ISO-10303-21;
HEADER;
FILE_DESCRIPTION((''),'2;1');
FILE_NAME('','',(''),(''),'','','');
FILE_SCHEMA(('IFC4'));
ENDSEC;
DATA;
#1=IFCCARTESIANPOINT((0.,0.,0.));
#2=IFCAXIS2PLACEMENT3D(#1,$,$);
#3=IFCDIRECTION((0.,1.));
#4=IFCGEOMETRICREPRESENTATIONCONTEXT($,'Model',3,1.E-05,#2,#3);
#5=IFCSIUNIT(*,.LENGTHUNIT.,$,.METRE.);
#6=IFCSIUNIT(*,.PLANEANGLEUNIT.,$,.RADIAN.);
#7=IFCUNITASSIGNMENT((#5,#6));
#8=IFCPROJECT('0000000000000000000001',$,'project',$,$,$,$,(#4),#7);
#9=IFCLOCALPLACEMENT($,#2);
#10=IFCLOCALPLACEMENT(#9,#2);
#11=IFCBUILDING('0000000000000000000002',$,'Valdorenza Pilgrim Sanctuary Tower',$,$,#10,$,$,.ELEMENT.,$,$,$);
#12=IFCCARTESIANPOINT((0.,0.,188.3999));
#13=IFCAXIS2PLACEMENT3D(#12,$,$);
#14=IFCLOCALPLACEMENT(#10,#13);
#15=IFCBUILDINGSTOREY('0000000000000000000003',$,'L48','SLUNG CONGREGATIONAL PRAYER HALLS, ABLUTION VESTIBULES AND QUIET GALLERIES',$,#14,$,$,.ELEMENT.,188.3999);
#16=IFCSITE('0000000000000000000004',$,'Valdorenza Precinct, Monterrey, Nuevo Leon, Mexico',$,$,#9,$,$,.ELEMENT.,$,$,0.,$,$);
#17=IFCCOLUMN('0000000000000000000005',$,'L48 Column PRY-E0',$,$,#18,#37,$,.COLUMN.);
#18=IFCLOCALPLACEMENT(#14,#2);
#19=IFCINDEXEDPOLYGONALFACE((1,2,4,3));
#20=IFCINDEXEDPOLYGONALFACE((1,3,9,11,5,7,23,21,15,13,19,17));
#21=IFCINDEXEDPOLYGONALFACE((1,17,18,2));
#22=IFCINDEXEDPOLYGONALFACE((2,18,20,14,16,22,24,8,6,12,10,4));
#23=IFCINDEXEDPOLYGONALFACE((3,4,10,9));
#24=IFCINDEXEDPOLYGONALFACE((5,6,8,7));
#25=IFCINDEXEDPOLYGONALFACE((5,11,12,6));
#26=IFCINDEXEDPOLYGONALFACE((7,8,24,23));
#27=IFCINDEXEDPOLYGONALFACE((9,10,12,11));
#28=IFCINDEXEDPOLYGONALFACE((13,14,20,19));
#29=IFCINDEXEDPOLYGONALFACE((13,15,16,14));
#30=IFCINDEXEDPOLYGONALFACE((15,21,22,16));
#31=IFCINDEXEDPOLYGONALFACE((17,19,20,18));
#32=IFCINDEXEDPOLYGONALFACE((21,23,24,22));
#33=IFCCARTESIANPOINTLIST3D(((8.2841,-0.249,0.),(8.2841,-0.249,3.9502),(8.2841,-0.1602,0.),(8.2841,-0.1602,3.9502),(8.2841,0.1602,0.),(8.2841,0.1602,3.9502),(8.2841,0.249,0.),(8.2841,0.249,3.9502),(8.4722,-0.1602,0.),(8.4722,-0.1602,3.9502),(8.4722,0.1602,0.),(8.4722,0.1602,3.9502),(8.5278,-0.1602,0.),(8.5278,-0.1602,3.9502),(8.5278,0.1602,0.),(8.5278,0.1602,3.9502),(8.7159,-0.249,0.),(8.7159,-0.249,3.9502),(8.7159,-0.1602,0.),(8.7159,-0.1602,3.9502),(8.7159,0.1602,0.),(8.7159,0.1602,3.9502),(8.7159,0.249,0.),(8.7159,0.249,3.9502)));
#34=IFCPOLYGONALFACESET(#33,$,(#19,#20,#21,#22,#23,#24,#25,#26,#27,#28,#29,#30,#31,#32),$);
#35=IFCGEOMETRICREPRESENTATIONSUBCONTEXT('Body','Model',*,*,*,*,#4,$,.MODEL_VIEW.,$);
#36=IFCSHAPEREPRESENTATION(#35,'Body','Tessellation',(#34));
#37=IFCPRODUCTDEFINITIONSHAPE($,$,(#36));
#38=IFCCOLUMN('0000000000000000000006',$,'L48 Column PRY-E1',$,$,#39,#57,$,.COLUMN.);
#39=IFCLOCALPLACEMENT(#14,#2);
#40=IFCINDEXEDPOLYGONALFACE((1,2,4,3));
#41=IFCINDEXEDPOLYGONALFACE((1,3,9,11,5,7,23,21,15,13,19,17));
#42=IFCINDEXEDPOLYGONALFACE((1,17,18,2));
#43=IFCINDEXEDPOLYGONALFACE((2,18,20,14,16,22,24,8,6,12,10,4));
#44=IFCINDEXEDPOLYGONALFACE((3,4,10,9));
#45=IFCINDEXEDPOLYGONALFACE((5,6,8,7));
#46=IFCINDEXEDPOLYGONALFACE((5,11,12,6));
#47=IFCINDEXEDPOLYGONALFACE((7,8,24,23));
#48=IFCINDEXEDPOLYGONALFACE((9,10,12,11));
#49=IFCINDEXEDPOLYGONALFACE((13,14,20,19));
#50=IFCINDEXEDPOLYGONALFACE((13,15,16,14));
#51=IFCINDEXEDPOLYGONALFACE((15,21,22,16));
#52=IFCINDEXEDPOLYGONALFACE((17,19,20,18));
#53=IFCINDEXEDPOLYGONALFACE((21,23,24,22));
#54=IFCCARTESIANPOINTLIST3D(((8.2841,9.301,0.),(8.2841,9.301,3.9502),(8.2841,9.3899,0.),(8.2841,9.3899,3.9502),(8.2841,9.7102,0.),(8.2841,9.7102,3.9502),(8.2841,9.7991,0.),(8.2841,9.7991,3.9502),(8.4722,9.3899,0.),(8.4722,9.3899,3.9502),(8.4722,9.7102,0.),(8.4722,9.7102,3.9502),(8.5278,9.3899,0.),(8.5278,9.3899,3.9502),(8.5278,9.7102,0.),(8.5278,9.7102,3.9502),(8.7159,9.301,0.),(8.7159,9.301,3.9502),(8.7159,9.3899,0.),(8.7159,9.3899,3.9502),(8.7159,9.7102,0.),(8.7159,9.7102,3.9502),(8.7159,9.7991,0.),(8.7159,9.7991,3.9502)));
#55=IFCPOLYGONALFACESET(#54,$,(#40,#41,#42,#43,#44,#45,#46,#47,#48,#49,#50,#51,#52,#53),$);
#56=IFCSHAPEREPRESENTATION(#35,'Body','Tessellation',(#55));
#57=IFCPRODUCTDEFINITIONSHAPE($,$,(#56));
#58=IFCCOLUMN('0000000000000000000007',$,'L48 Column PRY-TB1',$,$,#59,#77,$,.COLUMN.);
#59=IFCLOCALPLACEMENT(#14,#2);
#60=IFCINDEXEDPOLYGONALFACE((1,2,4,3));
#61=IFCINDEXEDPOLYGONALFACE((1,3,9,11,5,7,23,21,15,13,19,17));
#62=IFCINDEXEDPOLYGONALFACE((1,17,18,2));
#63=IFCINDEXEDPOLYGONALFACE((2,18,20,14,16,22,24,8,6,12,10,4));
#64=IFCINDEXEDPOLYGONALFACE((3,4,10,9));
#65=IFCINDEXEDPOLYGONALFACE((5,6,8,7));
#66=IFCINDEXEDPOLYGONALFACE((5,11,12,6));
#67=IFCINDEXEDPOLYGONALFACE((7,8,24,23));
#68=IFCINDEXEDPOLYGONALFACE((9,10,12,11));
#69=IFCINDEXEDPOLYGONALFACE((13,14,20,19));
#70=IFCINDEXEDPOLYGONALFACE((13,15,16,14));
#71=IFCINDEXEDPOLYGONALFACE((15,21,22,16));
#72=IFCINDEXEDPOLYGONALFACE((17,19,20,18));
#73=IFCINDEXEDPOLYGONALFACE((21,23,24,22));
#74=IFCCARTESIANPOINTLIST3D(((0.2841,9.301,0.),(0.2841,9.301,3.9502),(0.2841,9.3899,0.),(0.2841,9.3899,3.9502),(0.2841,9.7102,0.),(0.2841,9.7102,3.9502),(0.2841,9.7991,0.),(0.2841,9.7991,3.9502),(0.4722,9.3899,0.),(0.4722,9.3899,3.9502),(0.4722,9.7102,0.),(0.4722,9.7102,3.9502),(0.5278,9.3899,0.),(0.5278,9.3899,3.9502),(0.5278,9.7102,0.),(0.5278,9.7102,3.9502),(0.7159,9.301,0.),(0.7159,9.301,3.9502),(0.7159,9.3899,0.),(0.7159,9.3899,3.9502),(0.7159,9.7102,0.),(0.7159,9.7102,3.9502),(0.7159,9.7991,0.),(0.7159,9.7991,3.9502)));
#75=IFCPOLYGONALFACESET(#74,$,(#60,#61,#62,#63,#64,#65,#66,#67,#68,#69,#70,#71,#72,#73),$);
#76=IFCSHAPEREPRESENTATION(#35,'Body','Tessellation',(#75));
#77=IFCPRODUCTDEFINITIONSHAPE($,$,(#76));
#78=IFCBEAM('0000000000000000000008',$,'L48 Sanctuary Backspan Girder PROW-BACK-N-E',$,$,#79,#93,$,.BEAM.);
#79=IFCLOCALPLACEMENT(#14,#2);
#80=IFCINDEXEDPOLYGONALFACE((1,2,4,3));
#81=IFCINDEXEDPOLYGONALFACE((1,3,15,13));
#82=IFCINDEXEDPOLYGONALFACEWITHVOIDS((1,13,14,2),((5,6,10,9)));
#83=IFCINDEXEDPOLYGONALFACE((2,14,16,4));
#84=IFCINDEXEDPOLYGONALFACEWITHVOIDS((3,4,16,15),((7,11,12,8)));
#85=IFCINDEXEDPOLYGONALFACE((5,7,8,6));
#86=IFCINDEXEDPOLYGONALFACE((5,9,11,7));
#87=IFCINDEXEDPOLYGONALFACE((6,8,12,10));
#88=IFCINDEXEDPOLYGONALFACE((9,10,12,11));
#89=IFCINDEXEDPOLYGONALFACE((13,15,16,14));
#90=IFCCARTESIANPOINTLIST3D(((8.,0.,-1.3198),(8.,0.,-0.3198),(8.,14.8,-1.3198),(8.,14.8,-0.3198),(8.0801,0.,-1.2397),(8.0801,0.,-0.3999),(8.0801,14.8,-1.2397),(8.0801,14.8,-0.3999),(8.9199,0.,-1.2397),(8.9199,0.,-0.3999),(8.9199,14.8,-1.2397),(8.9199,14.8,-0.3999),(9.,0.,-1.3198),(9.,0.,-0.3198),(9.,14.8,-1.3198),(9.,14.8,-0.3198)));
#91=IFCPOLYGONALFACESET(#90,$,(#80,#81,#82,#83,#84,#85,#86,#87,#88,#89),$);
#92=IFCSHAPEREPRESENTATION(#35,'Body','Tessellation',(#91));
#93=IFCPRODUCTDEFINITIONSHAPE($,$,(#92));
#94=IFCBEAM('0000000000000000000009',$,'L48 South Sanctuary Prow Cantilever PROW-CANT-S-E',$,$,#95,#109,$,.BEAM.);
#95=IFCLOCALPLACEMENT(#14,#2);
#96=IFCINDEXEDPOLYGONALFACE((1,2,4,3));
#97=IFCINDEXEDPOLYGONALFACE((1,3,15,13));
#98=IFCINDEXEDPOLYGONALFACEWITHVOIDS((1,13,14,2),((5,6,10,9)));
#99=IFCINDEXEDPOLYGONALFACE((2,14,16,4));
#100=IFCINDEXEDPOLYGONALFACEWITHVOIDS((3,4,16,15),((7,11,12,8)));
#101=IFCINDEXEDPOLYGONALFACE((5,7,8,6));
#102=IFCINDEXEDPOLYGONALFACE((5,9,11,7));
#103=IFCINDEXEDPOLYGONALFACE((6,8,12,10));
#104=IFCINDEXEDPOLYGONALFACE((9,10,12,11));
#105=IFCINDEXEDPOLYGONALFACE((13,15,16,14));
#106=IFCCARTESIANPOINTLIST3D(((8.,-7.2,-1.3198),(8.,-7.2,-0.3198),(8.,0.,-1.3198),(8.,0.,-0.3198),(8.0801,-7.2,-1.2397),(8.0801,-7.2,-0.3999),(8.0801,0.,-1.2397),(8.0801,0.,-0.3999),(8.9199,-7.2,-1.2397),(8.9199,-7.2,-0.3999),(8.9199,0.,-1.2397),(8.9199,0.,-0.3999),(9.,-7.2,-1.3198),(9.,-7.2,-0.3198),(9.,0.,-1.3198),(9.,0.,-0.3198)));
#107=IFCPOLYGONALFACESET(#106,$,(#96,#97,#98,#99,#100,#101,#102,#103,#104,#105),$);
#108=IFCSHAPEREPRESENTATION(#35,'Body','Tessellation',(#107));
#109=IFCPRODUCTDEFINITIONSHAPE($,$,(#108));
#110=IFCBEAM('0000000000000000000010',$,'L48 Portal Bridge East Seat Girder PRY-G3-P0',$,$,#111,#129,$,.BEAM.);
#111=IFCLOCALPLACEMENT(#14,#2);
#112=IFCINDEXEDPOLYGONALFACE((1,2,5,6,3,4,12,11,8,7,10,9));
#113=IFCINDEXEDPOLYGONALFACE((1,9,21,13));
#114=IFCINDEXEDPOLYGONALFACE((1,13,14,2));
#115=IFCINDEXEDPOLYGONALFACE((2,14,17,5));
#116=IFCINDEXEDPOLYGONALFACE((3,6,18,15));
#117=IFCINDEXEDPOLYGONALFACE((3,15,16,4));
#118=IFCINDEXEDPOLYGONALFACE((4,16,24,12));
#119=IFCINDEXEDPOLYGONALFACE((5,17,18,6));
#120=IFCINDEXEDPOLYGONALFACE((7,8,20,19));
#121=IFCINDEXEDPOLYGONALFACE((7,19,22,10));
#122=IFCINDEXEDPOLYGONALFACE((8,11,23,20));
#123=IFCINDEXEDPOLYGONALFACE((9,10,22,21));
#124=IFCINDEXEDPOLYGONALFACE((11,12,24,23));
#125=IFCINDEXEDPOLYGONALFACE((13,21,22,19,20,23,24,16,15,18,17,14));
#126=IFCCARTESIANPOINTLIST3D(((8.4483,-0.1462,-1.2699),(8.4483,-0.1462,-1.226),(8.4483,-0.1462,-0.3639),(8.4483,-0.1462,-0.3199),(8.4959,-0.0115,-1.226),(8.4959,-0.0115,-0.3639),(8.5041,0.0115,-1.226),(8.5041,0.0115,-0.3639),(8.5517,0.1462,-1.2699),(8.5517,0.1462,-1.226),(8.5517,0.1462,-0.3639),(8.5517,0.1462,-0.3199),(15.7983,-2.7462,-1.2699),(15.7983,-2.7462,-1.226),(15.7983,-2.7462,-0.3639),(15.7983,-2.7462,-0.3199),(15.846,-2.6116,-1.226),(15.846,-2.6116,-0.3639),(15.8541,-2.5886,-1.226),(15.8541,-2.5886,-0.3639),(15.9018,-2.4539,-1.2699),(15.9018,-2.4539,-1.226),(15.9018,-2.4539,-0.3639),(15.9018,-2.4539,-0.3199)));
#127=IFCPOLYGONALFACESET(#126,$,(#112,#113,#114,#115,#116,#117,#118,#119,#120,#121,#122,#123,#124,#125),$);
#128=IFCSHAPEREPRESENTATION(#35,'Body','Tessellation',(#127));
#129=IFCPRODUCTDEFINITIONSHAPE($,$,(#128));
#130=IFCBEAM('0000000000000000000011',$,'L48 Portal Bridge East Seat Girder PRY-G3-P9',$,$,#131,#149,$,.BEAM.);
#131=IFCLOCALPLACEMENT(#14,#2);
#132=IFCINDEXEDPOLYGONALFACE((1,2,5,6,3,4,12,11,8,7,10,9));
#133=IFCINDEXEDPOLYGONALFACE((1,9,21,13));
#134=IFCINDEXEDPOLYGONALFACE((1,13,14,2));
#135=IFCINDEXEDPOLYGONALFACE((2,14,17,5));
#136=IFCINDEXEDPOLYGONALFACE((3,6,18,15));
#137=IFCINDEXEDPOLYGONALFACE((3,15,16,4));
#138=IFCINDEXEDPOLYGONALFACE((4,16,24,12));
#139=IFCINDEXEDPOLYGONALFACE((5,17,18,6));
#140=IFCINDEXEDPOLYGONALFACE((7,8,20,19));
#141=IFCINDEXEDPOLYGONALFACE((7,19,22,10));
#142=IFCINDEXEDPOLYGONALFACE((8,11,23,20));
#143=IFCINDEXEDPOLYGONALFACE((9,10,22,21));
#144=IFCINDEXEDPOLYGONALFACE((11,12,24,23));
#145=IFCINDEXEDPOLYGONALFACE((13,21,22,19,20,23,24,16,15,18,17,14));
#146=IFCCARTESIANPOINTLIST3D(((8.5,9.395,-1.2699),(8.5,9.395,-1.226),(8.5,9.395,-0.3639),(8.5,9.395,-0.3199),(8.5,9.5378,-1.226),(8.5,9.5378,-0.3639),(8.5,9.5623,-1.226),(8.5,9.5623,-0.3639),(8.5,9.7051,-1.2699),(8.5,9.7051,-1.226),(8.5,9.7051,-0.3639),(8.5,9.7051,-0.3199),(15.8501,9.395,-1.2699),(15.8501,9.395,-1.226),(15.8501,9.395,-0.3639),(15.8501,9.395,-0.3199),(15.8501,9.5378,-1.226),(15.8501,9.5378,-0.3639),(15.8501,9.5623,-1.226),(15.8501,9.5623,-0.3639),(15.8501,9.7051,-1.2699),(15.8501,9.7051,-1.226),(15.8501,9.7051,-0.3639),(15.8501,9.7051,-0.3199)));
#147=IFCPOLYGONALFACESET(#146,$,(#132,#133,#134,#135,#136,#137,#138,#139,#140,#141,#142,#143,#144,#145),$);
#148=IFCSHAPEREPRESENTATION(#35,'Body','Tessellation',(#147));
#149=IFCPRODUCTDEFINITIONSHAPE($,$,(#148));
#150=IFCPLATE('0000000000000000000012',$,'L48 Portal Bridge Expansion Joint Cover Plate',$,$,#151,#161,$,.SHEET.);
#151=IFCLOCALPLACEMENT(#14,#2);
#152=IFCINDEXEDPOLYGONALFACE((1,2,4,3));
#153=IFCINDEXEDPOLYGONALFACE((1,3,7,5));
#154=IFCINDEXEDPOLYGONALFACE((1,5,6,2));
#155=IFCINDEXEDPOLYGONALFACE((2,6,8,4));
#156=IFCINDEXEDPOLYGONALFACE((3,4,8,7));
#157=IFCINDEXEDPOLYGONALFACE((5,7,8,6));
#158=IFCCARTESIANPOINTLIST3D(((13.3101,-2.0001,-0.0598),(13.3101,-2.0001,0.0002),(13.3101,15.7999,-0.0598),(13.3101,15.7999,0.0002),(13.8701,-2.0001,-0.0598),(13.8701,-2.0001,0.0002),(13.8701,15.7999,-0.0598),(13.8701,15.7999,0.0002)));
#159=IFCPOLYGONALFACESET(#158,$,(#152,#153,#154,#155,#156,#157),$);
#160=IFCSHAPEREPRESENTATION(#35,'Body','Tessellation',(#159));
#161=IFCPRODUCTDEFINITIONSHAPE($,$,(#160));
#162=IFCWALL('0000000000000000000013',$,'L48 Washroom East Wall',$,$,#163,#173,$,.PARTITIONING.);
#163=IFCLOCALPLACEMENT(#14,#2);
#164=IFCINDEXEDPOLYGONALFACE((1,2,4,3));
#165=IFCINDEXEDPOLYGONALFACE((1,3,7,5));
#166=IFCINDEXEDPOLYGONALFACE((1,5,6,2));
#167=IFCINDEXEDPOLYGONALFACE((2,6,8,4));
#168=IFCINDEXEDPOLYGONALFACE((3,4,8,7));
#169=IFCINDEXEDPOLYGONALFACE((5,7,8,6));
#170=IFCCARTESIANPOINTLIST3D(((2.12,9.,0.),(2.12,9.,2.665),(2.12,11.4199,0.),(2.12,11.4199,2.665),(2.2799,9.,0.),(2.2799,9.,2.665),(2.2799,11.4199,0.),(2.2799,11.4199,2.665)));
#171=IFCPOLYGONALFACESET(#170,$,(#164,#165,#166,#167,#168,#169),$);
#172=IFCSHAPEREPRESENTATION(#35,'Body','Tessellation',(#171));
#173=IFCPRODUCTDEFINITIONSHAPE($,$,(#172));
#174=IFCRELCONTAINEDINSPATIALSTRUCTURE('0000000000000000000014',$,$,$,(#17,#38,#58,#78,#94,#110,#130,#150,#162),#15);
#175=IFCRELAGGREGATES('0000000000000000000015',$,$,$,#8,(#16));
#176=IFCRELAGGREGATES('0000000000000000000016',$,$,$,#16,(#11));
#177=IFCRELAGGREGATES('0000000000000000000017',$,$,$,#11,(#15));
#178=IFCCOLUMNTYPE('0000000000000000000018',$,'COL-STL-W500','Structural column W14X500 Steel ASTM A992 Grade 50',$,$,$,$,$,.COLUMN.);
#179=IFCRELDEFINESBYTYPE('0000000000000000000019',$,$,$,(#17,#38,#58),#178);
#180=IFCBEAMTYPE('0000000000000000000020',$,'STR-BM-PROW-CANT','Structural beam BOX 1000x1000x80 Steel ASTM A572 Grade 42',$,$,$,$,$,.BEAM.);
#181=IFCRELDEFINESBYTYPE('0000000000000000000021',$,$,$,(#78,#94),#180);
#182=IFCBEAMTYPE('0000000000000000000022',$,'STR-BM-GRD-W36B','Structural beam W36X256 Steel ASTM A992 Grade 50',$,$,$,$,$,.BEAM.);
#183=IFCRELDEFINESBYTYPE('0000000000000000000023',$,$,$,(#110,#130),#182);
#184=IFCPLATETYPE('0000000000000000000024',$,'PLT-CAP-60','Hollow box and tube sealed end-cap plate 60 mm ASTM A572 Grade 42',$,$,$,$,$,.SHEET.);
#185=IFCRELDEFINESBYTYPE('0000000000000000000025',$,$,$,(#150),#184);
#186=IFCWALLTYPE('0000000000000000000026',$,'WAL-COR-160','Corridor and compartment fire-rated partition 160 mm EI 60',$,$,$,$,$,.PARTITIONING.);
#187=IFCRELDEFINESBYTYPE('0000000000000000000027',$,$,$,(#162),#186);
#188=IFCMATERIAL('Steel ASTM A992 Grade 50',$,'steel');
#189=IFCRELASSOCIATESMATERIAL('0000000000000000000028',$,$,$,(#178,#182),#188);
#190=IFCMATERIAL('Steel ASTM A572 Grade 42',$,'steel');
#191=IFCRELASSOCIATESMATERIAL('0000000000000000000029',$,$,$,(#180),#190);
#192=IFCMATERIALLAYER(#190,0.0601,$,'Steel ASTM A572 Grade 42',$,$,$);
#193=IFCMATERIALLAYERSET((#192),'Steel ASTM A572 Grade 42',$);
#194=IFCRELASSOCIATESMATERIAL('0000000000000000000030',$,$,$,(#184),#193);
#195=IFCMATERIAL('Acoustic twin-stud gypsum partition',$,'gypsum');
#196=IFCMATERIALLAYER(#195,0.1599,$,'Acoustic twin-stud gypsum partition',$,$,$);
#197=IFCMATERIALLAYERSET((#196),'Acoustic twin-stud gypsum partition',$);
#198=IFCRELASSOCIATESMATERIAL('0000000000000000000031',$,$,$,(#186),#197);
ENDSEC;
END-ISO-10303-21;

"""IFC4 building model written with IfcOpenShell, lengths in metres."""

from ifc_helpers import new_model, si_unit, direction, frame, frame_2d, origin, origin_2d, place, context, subcontext, project, spatial, rectangle, hollow_rectangle, i_section, extrude, source, transform, mapped, material, layer, layer_set, material_profile, profile_set, type_object, element, save


model = new_model("IFC4")

# Units and contexts
model_context = context("Model", 3, precision=1e-05, world=origin(), true_north=direction((0.0, 1.0)))
body_context = subcontext(model_context, "Body", "Model", "MODEL_VIEW")
ifc_project = project(units=[si_unit("LENGTHUNIT", "METRE"), si_unit("PLANEANGLEUNIT", "RADIAN")], contexts=[model_context])

# Site, building, storey
site_placement = place(None, origin())
site = spatial("IfcSite", under=ifc_project, at=site_placement, Name="Valdorenza Precinct, Monterrey, Nuevo Leon, Mexico", CompositionType="ELEMENT", RefElevation=0.0)
building_placement = place(site_placement, origin())
building = spatial("IfcBuilding", under=site, at=building_placement, Name="Valdorenza Pilgrim Sanctuary Tower", CompositionType="ELEMENT")
storey_placement = place(building_placement, frame((0.0, 0.0, 188.3999)))
storey = spatial("IfcBuildingStorey", under=building, at=storey_placement, Name="L48", Description="SLUNG CONGREGATIONAL PRAYER HALLS, ABLUTION VESTIBULES AND QUIET GALLERIES", CompositionType="ELEMENT", Elevation=188.3999)

# Columns
ifc_material_1 = material(Name="Steel ASTM A992 Grade 50", Category="steel")
ifc_material_profile_1 = material_profile(ifc_material_1, i_section(OverallWidth=0.4319, OverallDepth=0.498, WebThickness=0.0557, FlangeThickness=0.0889, at=origin_2d()), Name="W14X500")
ifc_profile_set_1 = profile_set([ifc_material_profile_1], Name="Steel ASTM A992 Grade 50")
column_type = type_object("IfcColumnType", Name="COL-STL-W500", Description="Structural column W14X500 Steel ASTM A992 Grade 50", PredefinedType="COLUMN", material=ifc_profile_set_1)
shared_shape_1 = source(origin(), body_context, "Body", "SweptSolid", [
    extrude(i_section(OverallWidth=0.4319, OverallDepth=0.498, WebThickness=0.0557, FlangeThickness=0.0889, at=origin_2d()), origin(), (0.0, 0.0, 1.0), 3.9502),
])
for number, where, z_axis, x_axis, name in (
    (1, (8.5, 0.0, 0.0), (0.0, 0.0, 1.0), (1.0, 0.0, 0.0), "L48 Column PRY-E0"),
    (2, (8.5, 9.55, 0.0), (0.0, 0.0, 1.0), (1.0, 0.0, 0.0), "L48 Column PRY-E1"),
    (3, (0.5, 9.55, 0.0), (0.0, 0.0, 1.0), (1.0, 0.0, 0.0), "L48 Column PRY-TB1"),
):
    element("IfcColumn", number, at=place(storey_placement, frame(where, z_axis=z_axis, x_axis=x_axis)), inside=storey, type_object=column_type, Name=name, PredefinedType="COLUMN", context=body_context, shape_type="MappedRepresentation", body=[
        mapped(shared_shape_1, transform((0.0, 0.0, 0.0), x_axis=(1.0, 0.0, 0.0), y_axis=(0.0, 1.0, 0.0), z_axis=(0.0, 0.0, 1.0), scale=1.0)),
    ])

# Beams
ifc_material_2 = material(Name="Steel ASTM A572 Grade 42", Category="steel")
ifc_material_profile_2 = material_profile(ifc_material_2, hollow_rectangle(XDim=1.0, YDim=1.0, WallThickness=0.0801, at=origin_2d()), Name="BOX 1000x1000x80")
ifc_profile_set_2 = profile_set([ifc_material_profile_2], Name="Steel ASTM A572 Grade 42")
beam_type_1 = type_object("IfcBeamType", Name="STR-BM-PROW-CANT", Description="Structural beam BOX 1000x1000x80 Steel ASTM A572 Grade 42", PredefinedType="BEAM", material=ifc_profile_set_2)
shared_shape_2 = source(origin(), body_context, "Body", "SweptSolid", [
    extrude(hollow_rectangle(XDim=1.0, YDim=1.0, WallThickness=0.0801, at=origin_2d()), origin(), (0.0, 0.0, 1.0), 14.8),
])
beam_1_placement = place(storey_placement, frame((8.5, 0.0, -0.8198), z_axis=(0.0, 1.0, 0.0), x_axis=(-1.0, 0.0, 0.0)))
element("IfcBeam", 4, at=beam_1_placement, inside=storey, type_object=beam_type_1, Name="L48 Sanctuary Backspan Girder PROW-BACK-N-E", PredefinedType="BEAM", context=body_context, shape_type="MappedRepresentation", body=[
    mapped(shared_shape_2, transform((0.0, 0.0, 0.0), x_axis=(1.0, 0.0, 0.0), y_axis=(0.0, 1.0, 0.0), z_axis=(0.0, 0.0, 1.0), scale=1.0)),
])
shared_shape_3 = source(origin(), body_context, "Body", "SweptSolid", [
    extrude(hollow_rectangle(XDim=1.0, YDim=1.0, WallThickness=0.0801, at=origin_2d()), origin(), (0.0, 0.0, 1.0), 7.2),
])
beam_2_placement = place(storey_placement, frame((8.5, 0.0, -0.8198), z_axis=(0.0, -1.0, 0.0), x_axis=(1.0, 0.0, 0.0)))
element("IfcBeam", 5, at=beam_2_placement, inside=storey, type_object=beam_type_1, Name="L48 South Sanctuary Prow Cantilever PROW-CANT-S-E", PredefinedType="BEAM", context=body_context, shape_type="MappedRepresentation", body=[
    mapped(shared_shape_3, transform((0.0, 0.0, 0.0), x_axis=(1.0, 0.0, 0.0), y_axis=(0.0, 1.0, 0.0), z_axis=(0.0, 0.0, 1.0), scale=1.0)),
])
ifc_material_profile_3 = material_profile(ifc_material_1, i_section(OverallWidth=0.3101, OverallDepth=0.95, WebThickness=0.0244, FlangeThickness=0.0439, at=origin_2d()), Name="W36X256")
ifc_profile_set_3 = profile_set([ifc_material_profile_3], Name="Steel ASTM A992 Grade 50")
beam_type_2 = type_object("IfcBeamType", Name="STR-BM-GRD-W36B", Description="Structural beam W36X256 Steel ASTM A992 Grade 50", PredefinedType="BEAM", material=ifc_profile_set_3)
shared_shape_4 = source(origin(), body_context, "Body", "SweptSolid", [
    extrude(i_section(OverallWidth=0.3101, OverallDepth=0.95, WebThickness=0.0244, FlangeThickness=0.0439, at=origin_2d()), origin(), (0.0, 0.0, 1.0), 7.7964),
])
beam_3_placement = place(storey_placement, frame((8.5, 0.0, -0.7949), z_axis=(0.942751, -0.333498, 0.0), x_axis=(0.333498, 0.942751, 0.0)))
element("IfcBeam", 6, at=beam_3_placement, inside=storey, type_object=beam_type_2, Name="L48 Portal Bridge East Seat Girder PRY-G3-P0", PredefinedType="BEAM", context=body_context, shape_type="MappedRepresentation", body=[
    mapped(shared_shape_4, transform((0.0, 0.0, 0.0), x_axis=(1.0, 0.0, 0.0), y_axis=(0.0, 1.0, 0.0), z_axis=(0.0, 0.0, 1.0), scale=1.0)),
])
shared_shape_5 = source(origin(), body_context, "Body", "SweptSolid", [
    extrude(i_section(OverallWidth=0.3101, OverallDepth=0.95, WebThickness=0.0244, FlangeThickness=0.0439, at=origin_2d()), origin(), (0.0, 0.0, 1.0), 7.3501),
])
beam_4_placement = place(storey_placement, frame((8.5, 9.55, -0.7949), z_axis=(1.0, 0.0, 0.0), x_axis=(0.0, 1.0, 0.0)))
element("IfcBeam", 7, at=beam_4_placement, inside=storey, type_object=beam_type_2, Name="L48 Portal Bridge East Seat Girder PRY-G3-P9", PredefinedType="BEAM", context=body_context, shape_type="MappedRepresentation", body=[
    mapped(shared_shape_5, transform((0.0, 0.0, 0.0), x_axis=(1.0, 0.0, 0.0), y_axis=(0.0, 1.0, 0.0), z_axis=(0.0, 0.0, 1.0), scale=1.0)),
])

# Plate
ifc_layer_1 = layer(ifc_material_2, 0.0601, Name="Steel ASTM A572 Grade 42")
ifc_layer_set_1 = layer_set([ifc_layer_1], Name="Steel ASTM A572 Grade 42")
plate_type = type_object("IfcPlateType", Name="PLT-CAP-60", Description="Hollow box and tube sealed end-cap plate 60 mm ASTM A572 Grade 42", PredefinedType="SHEET", material=ifc_layer_set_1)
shared_shape_6 = source(origin(), body_context, "Body", "SweptSolid", [
    extrude(rectangle(XDim=0.5601, YDim=17.8, at=origin_2d()), origin(), (0.0, 0.0, 1.0), 0.0601),
])
plate_placement = place(storey_placement, frame((13.5901, 6.8999, -0.0598), z_axis=(0.0, 0.0, 1.0), x_axis=(1.0, 0.0, 0.0)))
element("IfcPlate", 8, at=plate_placement, inside=storey, type_object=plate_type, Name="L48 Portal Bridge Expansion Joint Cover Plate", PredefinedType="SHEET", context=body_context, shape_type="MappedRepresentation", body=[
    mapped(shared_shape_6, transform((0.0, 0.0, 0.0), x_axis=(1.0, 0.0, 0.0), y_axis=(0.0, 1.0, 0.0), z_axis=(0.0, 0.0, 1.0), scale=1.0)),
])

# Shared definitions
ifc_material_3 = material(Name="Acoustic twin-stud gypsum partition", Category="gypsum")
ifc_layer_2 = layer(ifc_material_3, 0.1599, Name="Acoustic twin-stud gypsum partition")
ifc_layer_set_2 = layer_set([ifc_layer_2], Name="Acoustic twin-stud gypsum partition")
wall_type_1 = type_object("IfcWallType", Name="WAL-COR-160", Description="Corridor and compartment fire-rated partition 160 mm EI 60", PredefinedType="PARTITIONING", material=ifc_layer_set_2)

# Wall
wall_1_placement = place(storey_placement, frame((2.2, 9.0, 0.0), z_axis=(0.0, 0.0, 1.0), x_axis=(0.0, 1.0, 0.0)))
element("IfcWall", 9, at=wall_1_placement, inside=storey, type_object=wall_type_1, Name="L48 Washroom East Wall", PredefinedType="PARTITIONING", context=body_context, shape_type="SweptSolid", body=[
    extrude(rectangle(XDim=2.4199, YDim=0.1599, at=frame_2d((1.21, 0.0))), origin(), (0.0, 0.0, 1.0), 2.665),
])

save(model, "model.ifc")
